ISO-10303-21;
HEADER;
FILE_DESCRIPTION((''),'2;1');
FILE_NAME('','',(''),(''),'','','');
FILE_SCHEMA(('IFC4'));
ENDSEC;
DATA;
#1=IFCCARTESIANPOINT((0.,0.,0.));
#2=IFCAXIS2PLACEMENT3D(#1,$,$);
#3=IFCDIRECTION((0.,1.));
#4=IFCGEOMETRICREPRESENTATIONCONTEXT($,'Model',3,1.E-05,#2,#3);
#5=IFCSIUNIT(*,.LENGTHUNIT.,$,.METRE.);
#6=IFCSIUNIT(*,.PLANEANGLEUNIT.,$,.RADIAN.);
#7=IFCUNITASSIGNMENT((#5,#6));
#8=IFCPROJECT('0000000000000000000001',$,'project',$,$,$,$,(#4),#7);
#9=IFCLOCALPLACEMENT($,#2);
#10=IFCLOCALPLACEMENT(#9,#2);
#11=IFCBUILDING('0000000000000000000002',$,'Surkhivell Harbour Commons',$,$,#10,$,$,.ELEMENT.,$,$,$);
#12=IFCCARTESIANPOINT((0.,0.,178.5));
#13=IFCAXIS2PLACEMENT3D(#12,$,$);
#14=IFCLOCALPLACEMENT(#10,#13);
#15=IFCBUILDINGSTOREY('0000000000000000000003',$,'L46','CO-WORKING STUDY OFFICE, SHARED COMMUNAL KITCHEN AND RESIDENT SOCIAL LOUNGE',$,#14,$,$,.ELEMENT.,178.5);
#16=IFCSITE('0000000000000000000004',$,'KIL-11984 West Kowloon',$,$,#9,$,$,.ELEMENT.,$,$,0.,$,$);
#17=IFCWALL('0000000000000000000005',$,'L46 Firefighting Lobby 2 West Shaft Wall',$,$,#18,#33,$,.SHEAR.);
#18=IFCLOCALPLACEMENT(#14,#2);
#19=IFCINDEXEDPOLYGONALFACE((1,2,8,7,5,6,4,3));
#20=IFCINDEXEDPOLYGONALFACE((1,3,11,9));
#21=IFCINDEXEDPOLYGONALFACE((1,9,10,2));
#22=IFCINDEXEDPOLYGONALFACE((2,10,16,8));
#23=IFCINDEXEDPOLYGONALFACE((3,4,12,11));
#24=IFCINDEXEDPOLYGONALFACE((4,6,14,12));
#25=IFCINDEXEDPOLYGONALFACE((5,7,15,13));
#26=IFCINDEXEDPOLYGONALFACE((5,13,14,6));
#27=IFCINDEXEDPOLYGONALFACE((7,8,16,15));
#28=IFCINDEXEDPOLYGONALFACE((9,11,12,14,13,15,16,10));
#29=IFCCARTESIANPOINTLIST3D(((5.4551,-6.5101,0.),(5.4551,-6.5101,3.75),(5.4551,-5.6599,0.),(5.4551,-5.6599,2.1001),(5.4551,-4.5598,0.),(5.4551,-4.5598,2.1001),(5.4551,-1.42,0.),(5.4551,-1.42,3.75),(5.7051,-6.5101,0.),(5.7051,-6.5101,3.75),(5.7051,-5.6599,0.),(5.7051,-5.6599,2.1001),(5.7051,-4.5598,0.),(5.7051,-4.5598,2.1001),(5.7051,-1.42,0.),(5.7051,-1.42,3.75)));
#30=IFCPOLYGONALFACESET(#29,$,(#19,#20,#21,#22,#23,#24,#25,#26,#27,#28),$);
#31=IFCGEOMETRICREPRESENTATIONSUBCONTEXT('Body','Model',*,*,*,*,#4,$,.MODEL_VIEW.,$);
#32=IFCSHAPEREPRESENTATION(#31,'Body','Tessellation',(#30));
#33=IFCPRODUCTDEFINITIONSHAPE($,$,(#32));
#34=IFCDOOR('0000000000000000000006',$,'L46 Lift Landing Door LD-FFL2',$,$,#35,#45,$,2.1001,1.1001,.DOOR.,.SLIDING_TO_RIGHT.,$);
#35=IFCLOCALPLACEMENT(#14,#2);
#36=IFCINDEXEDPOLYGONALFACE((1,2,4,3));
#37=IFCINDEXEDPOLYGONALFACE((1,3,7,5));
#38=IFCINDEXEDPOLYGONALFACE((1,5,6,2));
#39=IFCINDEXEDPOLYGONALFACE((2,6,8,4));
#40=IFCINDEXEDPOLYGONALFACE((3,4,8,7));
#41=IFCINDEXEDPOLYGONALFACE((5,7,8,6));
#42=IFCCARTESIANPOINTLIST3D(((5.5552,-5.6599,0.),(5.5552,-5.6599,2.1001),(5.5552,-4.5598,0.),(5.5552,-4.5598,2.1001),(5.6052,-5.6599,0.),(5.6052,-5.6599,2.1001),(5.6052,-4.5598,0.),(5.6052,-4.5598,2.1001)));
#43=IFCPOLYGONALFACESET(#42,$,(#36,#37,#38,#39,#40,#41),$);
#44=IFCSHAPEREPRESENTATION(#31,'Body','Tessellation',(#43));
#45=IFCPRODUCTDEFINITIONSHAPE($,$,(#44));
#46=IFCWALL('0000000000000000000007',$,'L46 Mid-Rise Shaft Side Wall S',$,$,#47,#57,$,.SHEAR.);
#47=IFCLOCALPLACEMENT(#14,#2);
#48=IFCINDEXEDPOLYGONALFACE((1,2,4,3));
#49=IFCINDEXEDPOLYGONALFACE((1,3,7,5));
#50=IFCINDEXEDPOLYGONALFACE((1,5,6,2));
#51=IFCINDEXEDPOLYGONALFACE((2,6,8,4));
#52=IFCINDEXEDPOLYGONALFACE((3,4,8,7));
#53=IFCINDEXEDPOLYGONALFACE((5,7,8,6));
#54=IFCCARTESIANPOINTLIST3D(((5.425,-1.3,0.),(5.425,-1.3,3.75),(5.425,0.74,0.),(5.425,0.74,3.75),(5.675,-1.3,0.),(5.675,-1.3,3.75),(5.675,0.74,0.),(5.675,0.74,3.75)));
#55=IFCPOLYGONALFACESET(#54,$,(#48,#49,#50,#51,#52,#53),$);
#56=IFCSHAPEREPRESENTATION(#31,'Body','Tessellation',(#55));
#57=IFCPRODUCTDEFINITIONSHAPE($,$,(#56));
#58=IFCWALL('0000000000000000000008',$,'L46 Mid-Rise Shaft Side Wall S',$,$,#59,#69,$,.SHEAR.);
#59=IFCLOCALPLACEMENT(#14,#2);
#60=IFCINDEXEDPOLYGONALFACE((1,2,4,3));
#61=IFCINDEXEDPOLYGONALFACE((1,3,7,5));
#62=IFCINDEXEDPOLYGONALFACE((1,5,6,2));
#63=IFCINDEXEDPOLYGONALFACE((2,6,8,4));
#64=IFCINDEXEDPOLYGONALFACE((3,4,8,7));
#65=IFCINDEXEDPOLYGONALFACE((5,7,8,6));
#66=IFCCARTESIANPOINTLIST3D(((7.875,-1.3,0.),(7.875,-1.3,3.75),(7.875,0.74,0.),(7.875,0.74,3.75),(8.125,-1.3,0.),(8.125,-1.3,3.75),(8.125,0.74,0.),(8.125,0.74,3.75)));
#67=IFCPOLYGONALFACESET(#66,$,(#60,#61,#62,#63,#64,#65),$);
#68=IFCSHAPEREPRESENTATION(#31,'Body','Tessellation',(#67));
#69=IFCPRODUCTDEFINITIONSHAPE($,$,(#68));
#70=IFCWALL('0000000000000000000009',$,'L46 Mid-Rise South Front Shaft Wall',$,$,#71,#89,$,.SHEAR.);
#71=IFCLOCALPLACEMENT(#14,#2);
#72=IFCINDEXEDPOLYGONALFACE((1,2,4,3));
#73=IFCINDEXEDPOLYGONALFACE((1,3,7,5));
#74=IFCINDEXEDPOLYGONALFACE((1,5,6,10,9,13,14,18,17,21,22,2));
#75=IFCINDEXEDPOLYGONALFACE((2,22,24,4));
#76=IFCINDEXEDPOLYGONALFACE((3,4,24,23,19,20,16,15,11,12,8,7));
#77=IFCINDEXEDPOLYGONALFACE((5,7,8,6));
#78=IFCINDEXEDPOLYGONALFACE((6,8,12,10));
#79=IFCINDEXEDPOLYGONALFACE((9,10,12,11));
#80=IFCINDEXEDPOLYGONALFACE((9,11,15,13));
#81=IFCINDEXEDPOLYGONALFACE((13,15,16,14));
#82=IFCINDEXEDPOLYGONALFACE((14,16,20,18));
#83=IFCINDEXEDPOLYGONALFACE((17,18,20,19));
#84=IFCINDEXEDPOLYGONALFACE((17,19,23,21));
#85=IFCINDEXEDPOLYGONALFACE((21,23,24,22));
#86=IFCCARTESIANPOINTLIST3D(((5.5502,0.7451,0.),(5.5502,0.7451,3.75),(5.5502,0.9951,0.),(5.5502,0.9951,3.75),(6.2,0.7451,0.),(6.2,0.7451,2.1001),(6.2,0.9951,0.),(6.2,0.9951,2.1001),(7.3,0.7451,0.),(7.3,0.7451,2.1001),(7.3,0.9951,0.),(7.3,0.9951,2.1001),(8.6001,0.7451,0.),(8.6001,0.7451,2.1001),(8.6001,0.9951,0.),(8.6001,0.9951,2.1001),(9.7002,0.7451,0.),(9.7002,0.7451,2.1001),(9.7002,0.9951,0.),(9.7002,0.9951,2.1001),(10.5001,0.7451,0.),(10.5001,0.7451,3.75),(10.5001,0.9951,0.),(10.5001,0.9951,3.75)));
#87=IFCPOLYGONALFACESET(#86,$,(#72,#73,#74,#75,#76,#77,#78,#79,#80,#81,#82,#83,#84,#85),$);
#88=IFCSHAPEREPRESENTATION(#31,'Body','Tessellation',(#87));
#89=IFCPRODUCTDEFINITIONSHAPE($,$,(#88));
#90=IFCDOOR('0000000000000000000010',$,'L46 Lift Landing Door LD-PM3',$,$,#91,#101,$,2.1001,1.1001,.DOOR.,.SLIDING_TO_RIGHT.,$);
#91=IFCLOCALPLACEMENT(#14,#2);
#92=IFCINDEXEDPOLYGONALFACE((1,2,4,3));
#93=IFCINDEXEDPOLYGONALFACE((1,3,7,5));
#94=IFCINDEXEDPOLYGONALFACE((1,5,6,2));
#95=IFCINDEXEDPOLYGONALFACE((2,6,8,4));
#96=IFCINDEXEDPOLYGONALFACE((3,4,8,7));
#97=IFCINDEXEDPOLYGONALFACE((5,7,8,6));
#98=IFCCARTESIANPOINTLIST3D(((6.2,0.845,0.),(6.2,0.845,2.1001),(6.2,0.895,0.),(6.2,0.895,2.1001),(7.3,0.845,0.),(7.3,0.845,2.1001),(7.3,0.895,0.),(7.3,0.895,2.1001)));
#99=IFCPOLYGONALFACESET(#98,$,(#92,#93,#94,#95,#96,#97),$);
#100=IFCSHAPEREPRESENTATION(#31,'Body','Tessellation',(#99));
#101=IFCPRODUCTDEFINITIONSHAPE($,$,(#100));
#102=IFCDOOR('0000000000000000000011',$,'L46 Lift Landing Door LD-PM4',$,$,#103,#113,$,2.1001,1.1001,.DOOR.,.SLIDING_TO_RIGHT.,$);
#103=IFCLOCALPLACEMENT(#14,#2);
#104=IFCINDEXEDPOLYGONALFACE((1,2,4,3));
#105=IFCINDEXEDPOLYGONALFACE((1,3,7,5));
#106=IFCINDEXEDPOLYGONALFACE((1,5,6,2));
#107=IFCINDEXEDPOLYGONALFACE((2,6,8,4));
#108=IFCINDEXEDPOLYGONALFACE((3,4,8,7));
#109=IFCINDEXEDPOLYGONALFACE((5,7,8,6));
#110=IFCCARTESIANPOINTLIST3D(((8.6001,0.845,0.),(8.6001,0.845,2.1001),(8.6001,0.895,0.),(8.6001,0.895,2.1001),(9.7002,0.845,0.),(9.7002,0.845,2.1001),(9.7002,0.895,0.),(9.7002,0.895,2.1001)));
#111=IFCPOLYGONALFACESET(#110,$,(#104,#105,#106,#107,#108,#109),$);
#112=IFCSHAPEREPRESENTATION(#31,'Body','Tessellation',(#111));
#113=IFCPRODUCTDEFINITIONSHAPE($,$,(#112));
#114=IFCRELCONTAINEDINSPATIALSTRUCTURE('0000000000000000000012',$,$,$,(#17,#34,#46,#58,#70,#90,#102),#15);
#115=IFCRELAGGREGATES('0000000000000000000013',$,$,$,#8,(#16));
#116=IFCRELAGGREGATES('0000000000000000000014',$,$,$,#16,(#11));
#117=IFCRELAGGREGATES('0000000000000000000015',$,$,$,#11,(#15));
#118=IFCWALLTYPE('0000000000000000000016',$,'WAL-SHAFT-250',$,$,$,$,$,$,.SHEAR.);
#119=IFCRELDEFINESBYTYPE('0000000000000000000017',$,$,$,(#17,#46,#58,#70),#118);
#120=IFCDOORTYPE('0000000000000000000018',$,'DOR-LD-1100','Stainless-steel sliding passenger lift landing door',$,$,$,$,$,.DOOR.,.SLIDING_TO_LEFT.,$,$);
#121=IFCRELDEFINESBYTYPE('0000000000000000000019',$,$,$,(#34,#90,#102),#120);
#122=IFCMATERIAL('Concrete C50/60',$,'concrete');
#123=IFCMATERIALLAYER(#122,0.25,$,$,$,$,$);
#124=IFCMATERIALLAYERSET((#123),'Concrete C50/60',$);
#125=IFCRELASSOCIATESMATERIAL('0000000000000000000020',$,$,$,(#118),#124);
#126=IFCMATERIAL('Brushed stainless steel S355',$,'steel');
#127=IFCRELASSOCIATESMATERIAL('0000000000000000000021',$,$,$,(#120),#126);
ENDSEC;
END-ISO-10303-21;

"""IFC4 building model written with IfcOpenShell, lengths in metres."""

from ifc_helpers import new_model, si_unit, direction, frame, frame_2d, origin, place, context, subcontext, project, spatial, rectangle, extrude, material, layer, layer_set, type_object, element, fill, save


model = new_model("IFC4")

# Units and contexts
model_context = context("Model", 3, precision=1e-05, world=origin(), true_north=direction((0.0, 1.0)))
body_context = subcontext(model_context, "Body", "Model", "MODEL_VIEW")
ifc_project = project(units=[si_unit("LENGTHUNIT", "METRE"), si_unit("PLANEANGLEUNIT", "RADIAN")], contexts=[model_context])

# Site, building, storey
site_placement = place(None, origin())
site = spatial("IfcSite", under=ifc_project, at=site_placement, Name="KIL-11984 West Kowloon", CompositionType="ELEMENT", RefElevation=0.0)
building_placement = place(site_placement, origin())
building = spatial("IfcBuilding", under=site, at=building_placement, Name="Surkhivell Harbour Commons", CompositionType="ELEMENT")
storey_placement = place(building_placement, frame((0.0, 0.0, 178.5)))
storey = spatial("IfcBuildingStorey", under=building, at=storey_placement, Name="L46", Description="CO-WORKING STUDY OFFICE, SHARED COMMUNAL KITCHEN AND RESIDENT SOCIAL LOUNGE", CompositionType="ELEMENT", Elevation=178.5)

# Shared definitions
ifc_material_1 = material(Name="Concrete C50/60", Category="concrete")
ifc_layer_1 = layer(ifc_material_1, 0.25)
ifc_layer_set_1 = layer_set([ifc_layer_1], Name="Concrete C50/60")
wall_type_1 = type_object("IfcWallType", Name="WAL-SHAFT-250", PredefinedType="SHEAR", material=ifc_layer_set_1)

# Wall, opening, door
wall_1_placement = place(storey_placement, frame((5.5801, -6.51, 0.0), z_axis=(0.0, 0.0, 1.0), x_axis=(0.0, 1.0, 0.0)))
wall_1 = element("IfcWall", 1, at=wall_1_placement, inside=storey, type_object=wall_type_1, Name="L46 Firefighting Lobby 2 West Shaft Wall", PredefinedType="SHEAR", context=body_context, shape_type="SweptSolid", body=[
    extrude(rectangle(XDim=5.0901, YDim=0.25, at=frame_2d((2.5449, 0.0))), origin(), (0.0, 0.0, 1.0), 3.75),
])
opening_1_placement = place(wall_1_placement, frame((0.8501, 0.0, 0.0)))
opening_1 = element("IfcOpeningElement", 2, at=opening_1_placement, cuts=wall_1, PredefinedType="OPENING", context=body_context, shape_type="SweptSolid", body=[
    extrude(rectangle(XDim=1.1001, YDim=2.1001, at=frame_2d((0.55, 1.05))), frame((0.0, 0.135, 0.0), z_axis=(0.0, -1.0, 0.0), x_axis=(1.0, 0.0, 0.0)), (0.0, 0.0, 1.0), 0.27),
])
ifc_material_2 = material(Name="Brushed stainless steel S355", Category="steel")
door_type_1 = type_object("IfcDoorType", Name="DOR-LD-1100", Description="Stainless-steel sliding passenger lift landing door", OperationType="SLIDING_TO_LEFT", PredefinedType="DOOR", material=ifc_material_2)
door_1_placement = place(opening_1_placement, origin())
door_1 = element("IfcDoor", 3, at=door_1_placement, inside=storey, type_object=door_type_1, Name="L46 Lift Landing Door LD-FFL2", OperationType="SLIDING_TO_RIGHT", OverallHeight=2.1001, OverallWidth=1.1001, PredefinedType="DOOR", context=body_context, shape_type="SweptSolid", body=[
    extrude(rectangle(XDim=1.1001, YDim=2.1001, at=frame_2d((0.55, 1.05))), frame((0.0, 0.0249, 0.0), z_axis=(0.0, -1.0, 0.0), x_axis=(1.0, 0.0, 0.0)), (0.0, 0.0, 1.0), 0.05),
])
fill(opening_1, door_1)

# Walls
for number, where, z_axis, x_axis, name in (
    (4, (5.55, -1.3, 0.0), (0.0, 0.0, 1.0), (0.0, 1.0, 0.0), "L46 Mid-Rise Shaft Side Wall S"),
    (5, (8.0, -1.3, 0.0), (0.0, 0.0, 1.0), (0.0, 1.0, 0.0), "L46 Mid-Rise Shaft Side Wall S"),
):
    element("IfcWall", number, at=place(storey_placement, frame(where, z_axis=z_axis, x_axis=x_axis)), inside=storey, type_object=wall_type_1, Name=name, PredefinedType="SHEAR", context=body_context, shape_type="SweptSolid", body=[
        extrude(rectangle(XDim=2.04, YDim=0.25, at=frame_2d((1.02, 0.0))), origin(), (0.0, 0.0, 1.0), 3.75),
    ])

# Wall, openings, doors
wall_2_placement = place(storey_placement, frame((5.55, 0.8701, 0.0), z_axis=(0.0, 0.0, 1.0), x_axis=(1.0, 0.0, 0.0)))
wall_2 = element("IfcWall", 6, at=wall_2_placement, inside=storey, type_object=wall_type_1, Name="L46 Mid-Rise South Front Shaft Wall", PredefinedType="SHEAR", context=body_context, shape_type="SweptSolid", body=[
    extrude(rectangle(XDim=4.95, YDim=0.25, at=frame_2d((2.4751, 0.0))), origin(), (0.0, 0.0, 1.0), 3.75),
])
opening_2_placement = place(wall_2_placement, frame((0.6499, 0.0, 0.0)))
opening_2 = element("IfcOpeningElement", 7, at=opening_2_placement, cuts=wall_2, PredefinedType="OPENING", context=body_context, shape_type="SweptSolid", body=[
    extrude(rectangle(XDim=1.1001, YDim=2.1001, at=frame_2d((0.55, 1.05))), frame((0.0, 0.135, 0.0), z_axis=(0.0, -1.0, 0.0), x_axis=(1.0, 0.0, 0.0)), (0.0, 0.0, 1.0), 0.27),
])
opening_3_placement = place(wall_2_placement, frame((3.05, 0.0, 0.0)))
opening_3 = element("IfcOpeningElement", 8, at=opening_3_placement, cuts=wall_2, PredefinedType="OPENING", context=body_context, shape_type="SweptSolid", body=[
    extrude(rectangle(XDim=1.1001, YDim=2.1001, at=frame_2d((0.55, 1.05))), frame((0.0, 0.135, 0.0), z_axis=(0.0, -1.0, 0.0), x_axis=(1.0, 0.0, 0.0)), (0.0, 0.0, 1.0), 0.27),
])
door_2_placement = place(opening_2_placement, origin())
door_2 = element("IfcDoor", 9, at=door_2_placement, inside=storey, type_object=door_type_1, Name="L46 Lift Landing Door LD-PM3", OperationType="SLIDING_TO_RIGHT", OverallHeight=2.1001, OverallWidth=1.1001, PredefinedType="DOOR", context=body_context, shape_type="SweptSolid", body=[
    extrude(rectangle(XDim=1.1001, YDim=2.1001, at=frame_2d((0.55, 1.05))), frame((0.0, 0.0249, 0.0), z_axis=(0.0, -1.0, 0.0), x_axis=(1.0, 0.0, 0.0)), (0.0, 0.0, 1.0), 0.05),
])
fill(opening_2, door_2)
door_3_placement = place(opening_3_placement, origin())
door_3 = element("IfcDoor", 10, at=door_3_placement, inside=storey, type_object=door_type_1, Name="L46 Lift Landing Door LD-PM4", OperationType="SLIDING_TO_RIGHT", OverallHeight=2.1001, OverallWidth=1.1001, PredefinedType="DOOR", context=body_context, shape_type="SweptSolid", body=[
    extrude(rectangle(XDim=1.1001, YDim=2.1001, at=frame_2d((0.55, 1.05))), frame((0.0, 0.0249, 0.0), z_axis=(0.0, -1.0, 0.0), x_axis=(1.0, 0.0, 0.0)), (0.0, 0.0, 1.0), 0.05),
])
fill(opening_3, door_3)

save(model, "model.ifc")
